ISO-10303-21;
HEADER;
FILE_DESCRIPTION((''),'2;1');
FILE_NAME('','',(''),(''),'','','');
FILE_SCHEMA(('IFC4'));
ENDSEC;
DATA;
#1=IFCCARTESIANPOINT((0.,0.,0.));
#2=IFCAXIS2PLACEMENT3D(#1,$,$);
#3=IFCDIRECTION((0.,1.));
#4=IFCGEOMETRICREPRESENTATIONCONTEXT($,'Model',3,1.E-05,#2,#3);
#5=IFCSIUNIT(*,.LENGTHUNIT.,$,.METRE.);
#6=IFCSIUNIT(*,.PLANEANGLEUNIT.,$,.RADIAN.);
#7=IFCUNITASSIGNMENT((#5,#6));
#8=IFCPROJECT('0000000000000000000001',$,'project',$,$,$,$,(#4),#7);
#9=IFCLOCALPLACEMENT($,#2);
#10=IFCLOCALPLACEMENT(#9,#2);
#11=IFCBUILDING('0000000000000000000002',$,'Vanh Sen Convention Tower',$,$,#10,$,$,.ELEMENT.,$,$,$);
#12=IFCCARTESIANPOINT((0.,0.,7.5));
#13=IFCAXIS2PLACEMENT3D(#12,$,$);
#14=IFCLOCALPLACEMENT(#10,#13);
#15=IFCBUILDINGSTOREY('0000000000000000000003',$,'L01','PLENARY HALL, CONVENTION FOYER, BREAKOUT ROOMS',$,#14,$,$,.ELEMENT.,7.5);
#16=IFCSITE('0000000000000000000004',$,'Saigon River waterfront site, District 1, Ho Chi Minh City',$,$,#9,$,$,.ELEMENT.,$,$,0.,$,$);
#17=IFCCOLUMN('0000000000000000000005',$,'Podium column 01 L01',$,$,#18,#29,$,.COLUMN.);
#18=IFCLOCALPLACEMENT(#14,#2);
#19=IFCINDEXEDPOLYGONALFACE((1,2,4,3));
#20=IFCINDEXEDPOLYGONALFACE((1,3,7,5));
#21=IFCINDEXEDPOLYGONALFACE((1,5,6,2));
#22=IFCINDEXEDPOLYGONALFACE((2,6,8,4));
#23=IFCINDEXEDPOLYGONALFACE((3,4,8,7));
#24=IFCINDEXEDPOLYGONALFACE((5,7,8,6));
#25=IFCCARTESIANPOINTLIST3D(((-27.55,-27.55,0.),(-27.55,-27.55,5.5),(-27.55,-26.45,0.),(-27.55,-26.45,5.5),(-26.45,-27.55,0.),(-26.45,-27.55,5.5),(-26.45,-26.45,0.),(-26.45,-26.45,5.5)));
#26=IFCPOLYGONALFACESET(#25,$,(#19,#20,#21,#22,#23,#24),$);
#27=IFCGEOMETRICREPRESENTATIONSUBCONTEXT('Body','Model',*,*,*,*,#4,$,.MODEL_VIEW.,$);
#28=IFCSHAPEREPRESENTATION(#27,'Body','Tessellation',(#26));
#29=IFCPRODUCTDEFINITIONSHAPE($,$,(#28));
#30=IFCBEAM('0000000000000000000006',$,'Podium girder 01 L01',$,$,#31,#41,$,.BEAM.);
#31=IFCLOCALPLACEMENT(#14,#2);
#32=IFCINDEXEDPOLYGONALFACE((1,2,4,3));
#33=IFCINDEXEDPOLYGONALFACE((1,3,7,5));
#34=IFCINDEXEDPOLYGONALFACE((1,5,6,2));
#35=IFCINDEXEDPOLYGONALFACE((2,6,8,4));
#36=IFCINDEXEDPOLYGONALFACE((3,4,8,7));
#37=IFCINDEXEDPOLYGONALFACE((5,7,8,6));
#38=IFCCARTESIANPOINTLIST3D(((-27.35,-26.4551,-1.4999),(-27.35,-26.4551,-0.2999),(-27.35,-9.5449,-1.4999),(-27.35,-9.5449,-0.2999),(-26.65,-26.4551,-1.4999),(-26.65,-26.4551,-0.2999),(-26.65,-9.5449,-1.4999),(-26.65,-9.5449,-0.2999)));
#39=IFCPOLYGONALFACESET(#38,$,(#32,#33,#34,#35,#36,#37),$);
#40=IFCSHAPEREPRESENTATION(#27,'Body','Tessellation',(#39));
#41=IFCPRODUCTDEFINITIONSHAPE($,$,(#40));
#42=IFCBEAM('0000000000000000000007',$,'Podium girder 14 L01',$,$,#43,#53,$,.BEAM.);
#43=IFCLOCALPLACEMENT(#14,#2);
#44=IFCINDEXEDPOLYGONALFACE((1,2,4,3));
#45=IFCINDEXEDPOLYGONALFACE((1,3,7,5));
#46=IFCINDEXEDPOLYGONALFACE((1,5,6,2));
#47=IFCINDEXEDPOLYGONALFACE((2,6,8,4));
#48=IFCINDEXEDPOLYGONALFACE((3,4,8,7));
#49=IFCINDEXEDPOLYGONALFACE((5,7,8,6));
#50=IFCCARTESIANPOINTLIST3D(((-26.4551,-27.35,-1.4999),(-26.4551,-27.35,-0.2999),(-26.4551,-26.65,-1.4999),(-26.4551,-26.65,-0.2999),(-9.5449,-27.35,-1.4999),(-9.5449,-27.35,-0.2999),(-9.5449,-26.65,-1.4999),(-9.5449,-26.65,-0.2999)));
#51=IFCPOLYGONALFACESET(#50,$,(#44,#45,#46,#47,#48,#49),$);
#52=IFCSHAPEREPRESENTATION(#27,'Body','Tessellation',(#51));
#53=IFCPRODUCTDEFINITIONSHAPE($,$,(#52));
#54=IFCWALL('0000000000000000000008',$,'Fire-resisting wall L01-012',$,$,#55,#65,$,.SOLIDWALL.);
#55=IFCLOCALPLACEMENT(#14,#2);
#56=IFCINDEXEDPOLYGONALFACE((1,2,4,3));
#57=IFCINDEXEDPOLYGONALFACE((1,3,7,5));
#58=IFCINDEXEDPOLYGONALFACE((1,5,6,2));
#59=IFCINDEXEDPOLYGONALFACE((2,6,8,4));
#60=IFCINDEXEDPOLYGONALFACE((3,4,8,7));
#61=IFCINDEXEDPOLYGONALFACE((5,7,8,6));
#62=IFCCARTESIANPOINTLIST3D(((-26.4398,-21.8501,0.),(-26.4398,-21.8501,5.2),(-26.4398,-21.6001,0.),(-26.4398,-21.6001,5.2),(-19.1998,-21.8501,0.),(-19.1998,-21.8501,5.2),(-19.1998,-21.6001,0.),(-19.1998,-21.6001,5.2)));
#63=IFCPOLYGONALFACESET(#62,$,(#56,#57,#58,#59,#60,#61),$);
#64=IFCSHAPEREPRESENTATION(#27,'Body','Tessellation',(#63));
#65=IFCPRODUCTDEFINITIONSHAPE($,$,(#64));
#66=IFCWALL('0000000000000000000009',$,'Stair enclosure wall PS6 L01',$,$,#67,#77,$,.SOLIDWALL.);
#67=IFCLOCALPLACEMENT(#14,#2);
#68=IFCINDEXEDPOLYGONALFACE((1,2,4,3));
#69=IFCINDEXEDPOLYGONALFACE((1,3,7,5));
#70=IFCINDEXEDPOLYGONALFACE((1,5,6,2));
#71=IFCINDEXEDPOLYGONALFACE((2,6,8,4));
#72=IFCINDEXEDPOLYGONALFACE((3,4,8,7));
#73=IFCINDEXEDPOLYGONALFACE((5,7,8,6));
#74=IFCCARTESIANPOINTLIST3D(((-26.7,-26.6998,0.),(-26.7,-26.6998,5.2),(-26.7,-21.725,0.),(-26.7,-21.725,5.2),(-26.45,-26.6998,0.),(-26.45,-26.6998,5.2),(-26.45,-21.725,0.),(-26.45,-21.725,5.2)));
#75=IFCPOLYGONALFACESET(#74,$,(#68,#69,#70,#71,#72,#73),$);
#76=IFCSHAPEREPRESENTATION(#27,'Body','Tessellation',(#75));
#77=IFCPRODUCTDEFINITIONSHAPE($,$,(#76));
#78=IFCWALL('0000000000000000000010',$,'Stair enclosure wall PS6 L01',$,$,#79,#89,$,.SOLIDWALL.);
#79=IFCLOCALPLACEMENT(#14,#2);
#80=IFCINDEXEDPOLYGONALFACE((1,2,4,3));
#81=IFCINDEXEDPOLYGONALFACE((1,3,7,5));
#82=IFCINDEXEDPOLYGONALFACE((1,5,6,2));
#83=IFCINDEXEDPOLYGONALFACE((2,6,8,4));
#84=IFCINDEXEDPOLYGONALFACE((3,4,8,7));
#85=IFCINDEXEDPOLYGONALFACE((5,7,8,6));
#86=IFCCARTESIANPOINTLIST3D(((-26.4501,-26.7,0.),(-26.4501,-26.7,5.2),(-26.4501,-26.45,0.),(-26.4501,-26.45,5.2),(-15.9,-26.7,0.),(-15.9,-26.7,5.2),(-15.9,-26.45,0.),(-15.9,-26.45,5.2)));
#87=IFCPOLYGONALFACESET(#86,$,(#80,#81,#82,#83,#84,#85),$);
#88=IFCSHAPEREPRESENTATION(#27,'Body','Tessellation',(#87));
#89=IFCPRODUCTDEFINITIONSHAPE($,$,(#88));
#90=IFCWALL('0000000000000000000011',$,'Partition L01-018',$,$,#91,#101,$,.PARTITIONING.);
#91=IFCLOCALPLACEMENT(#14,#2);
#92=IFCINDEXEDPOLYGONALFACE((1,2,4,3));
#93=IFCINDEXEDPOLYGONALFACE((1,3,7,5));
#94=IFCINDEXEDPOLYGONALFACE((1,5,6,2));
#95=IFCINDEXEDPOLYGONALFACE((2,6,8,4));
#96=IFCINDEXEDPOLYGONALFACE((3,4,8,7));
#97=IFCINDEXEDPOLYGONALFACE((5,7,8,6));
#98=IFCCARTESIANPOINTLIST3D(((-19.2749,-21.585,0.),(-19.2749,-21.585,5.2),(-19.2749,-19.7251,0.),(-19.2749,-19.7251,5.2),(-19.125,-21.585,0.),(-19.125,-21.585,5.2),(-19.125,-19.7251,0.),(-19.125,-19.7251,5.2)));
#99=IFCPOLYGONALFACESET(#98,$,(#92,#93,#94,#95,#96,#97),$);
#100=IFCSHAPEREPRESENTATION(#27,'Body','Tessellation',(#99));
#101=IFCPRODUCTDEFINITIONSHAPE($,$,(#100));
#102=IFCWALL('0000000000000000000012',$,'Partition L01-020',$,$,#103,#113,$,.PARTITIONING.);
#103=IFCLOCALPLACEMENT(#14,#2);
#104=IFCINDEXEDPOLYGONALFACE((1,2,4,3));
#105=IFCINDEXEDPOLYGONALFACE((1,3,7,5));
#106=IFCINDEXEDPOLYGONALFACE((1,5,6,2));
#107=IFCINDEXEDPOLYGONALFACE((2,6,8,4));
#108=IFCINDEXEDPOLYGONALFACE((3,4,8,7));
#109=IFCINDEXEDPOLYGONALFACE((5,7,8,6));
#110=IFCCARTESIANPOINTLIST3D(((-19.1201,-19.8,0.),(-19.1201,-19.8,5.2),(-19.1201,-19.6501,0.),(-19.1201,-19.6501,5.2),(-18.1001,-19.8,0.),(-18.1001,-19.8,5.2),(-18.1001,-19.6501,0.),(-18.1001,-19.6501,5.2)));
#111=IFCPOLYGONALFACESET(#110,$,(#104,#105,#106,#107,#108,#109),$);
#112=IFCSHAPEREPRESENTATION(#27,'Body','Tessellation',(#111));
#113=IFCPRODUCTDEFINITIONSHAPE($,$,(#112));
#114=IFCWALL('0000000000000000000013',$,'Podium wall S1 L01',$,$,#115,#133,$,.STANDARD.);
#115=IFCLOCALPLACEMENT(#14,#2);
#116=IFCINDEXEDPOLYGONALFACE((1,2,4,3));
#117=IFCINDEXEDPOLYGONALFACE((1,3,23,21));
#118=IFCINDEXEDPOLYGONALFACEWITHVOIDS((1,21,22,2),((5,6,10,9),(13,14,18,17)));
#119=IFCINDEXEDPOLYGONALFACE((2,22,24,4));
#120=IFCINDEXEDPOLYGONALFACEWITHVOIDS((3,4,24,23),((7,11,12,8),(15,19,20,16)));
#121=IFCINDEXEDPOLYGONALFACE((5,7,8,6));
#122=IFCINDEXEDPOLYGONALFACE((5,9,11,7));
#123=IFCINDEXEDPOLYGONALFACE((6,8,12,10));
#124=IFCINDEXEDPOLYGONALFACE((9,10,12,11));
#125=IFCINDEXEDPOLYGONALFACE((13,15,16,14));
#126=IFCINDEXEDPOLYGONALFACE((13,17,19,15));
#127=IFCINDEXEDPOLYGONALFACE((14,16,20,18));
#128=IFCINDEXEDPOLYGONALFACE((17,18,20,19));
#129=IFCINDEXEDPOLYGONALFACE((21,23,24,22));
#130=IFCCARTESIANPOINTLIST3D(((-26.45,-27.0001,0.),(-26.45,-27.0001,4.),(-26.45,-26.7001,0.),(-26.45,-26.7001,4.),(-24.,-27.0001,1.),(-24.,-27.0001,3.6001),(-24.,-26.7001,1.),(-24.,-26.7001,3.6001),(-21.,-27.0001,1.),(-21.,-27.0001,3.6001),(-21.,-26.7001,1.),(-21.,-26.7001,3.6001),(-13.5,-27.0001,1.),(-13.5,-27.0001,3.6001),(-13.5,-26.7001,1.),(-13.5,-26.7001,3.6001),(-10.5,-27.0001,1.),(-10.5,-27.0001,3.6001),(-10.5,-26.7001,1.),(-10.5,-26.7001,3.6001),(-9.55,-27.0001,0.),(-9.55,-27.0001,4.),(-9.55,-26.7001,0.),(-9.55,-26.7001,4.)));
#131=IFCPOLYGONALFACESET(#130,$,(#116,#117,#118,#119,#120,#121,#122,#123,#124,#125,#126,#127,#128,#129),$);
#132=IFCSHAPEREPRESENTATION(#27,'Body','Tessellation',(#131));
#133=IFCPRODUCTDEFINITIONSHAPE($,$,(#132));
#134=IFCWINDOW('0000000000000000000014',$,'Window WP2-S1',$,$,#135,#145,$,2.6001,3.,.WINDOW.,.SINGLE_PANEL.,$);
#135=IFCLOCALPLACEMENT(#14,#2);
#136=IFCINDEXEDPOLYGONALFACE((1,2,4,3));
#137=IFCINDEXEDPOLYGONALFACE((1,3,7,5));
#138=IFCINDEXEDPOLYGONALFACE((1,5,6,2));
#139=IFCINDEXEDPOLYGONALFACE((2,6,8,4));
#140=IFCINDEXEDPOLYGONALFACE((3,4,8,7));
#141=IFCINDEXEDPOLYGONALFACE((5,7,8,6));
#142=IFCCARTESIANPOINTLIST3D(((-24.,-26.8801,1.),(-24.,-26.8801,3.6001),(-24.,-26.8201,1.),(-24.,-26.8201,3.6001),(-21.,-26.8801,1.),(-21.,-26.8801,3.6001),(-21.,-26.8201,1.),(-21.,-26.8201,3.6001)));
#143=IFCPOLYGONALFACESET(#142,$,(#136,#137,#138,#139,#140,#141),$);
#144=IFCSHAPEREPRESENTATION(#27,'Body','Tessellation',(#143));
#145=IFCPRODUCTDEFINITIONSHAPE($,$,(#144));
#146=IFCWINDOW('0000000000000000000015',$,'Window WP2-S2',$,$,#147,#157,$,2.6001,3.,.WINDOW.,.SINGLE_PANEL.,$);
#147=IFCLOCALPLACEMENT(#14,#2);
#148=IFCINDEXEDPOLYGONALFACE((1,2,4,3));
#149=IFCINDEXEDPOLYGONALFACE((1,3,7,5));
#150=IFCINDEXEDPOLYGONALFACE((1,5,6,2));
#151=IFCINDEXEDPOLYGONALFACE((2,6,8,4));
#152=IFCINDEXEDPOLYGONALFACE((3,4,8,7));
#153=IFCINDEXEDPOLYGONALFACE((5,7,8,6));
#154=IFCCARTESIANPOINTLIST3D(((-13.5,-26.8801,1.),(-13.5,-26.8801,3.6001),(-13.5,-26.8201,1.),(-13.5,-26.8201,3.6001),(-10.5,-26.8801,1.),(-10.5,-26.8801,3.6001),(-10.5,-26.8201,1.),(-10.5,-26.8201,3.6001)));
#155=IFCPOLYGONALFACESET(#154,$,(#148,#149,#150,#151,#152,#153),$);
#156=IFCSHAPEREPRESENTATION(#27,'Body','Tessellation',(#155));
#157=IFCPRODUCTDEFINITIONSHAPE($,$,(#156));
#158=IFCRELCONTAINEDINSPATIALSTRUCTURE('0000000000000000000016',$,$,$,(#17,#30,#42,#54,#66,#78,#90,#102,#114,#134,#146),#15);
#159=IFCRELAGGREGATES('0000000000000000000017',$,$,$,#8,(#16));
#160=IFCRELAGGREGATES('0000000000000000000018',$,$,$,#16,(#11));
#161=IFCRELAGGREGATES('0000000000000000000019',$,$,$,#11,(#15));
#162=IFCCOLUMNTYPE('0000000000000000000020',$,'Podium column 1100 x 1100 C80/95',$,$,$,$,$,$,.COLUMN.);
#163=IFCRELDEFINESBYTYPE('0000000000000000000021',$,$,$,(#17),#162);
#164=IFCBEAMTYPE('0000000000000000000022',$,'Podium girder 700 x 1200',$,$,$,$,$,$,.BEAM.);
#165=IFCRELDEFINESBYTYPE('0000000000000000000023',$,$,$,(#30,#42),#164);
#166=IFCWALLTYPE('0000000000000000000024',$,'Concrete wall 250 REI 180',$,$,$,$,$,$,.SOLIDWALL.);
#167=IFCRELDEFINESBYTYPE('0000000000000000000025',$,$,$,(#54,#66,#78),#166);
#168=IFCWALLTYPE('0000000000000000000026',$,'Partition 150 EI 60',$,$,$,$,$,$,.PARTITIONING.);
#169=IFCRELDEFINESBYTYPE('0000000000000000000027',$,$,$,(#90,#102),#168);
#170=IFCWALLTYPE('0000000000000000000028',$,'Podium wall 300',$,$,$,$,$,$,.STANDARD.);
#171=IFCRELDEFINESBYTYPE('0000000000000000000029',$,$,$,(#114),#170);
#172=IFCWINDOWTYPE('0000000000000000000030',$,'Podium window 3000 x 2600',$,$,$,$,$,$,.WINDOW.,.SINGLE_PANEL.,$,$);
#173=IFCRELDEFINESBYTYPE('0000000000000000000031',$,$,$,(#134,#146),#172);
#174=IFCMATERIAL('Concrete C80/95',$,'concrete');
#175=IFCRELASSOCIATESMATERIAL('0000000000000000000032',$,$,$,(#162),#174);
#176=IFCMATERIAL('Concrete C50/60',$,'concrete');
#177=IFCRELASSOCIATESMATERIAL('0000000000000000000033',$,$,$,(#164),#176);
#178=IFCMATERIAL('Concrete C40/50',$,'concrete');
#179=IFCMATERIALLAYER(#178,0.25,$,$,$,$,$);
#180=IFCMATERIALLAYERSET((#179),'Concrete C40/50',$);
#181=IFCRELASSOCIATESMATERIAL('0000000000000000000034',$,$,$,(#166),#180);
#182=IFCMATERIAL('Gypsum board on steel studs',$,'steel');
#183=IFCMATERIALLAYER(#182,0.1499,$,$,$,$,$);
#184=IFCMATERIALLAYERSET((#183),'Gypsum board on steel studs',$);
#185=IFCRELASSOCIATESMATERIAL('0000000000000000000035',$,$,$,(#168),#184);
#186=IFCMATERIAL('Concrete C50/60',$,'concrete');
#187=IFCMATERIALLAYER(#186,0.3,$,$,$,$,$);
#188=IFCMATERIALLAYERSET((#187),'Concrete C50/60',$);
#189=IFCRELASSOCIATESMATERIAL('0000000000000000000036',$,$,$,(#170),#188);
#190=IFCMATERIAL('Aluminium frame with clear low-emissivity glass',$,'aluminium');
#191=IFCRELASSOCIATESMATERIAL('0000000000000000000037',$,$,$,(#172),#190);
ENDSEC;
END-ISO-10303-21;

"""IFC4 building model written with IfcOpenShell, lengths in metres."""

from ifc_helpers import new_model, si_unit, direction, frame, frame_2d, origin, origin_2d, place, context, subcontext, project, spatial, rectangle, extrude, material, layer, layer_set, material_profile, profile_set, type_object, element, fill, save


model = new_model("IFC4")

# Units and contexts
model_context = context("Model", 3, precision=1e-05, world=origin(), true_north=direction((0.0, 1.0)))
body_context = subcontext(model_context, "Body", "Model", "MODEL_VIEW")
ifc_project = project(units=[si_unit("LENGTHUNIT", "METRE"), si_unit("PLANEANGLEUNIT", "RADIAN")], contexts=[model_context])

# Site, building, storey
site_placement = place(None, origin())
site = spatial("IfcSite", under=ifc_project, at=site_placement, Name="Saigon River waterfront site, District 1, Ho Chi Minh City", CompositionType="ELEMENT", RefElevation=0.0)
building_placement = place(site_placement, origin())
building = spatial("IfcBuilding", under=site, at=building_placement, Name="Vanh Sen Convention Tower", CompositionType="ELEMENT")
storey_placement = place(building_placement, frame((0.0, 0.0, 7.5)))
storey = spatial("IfcBuildingStorey", under=building, at=storey_placement, Name="L01", Description="PLENARY HALL, CONVENTION FOYER, BREAKOUT ROOMS", CompositionType="ELEMENT", Elevation=7.5)

# Column
ifc_material_1 = material(Name="Concrete C80/95", Category="concrete")
ifc_material_profile_1 = material_profile(ifc_material_1, rectangle(XDim=1.1001, YDim=1.1001, at=origin_2d()), Name="RC 1100X1100")
ifc_profile_set_1 = profile_set([ifc_material_profile_1], Name="Concrete C80/95")
column_type = type_object("IfcColumnType", Name="Podium column 1100 x 1100 C80/95", PredefinedType="COLUMN", material=ifc_profile_set_1)
column_placement = place(storey_placement, frame((-27.0, -27.0, 0.0), z_axis=(0.0, 0.0, 1.0), x_axis=(1.0, 0.0, 0.0)))
element("IfcColumn", 1, at=column_placement, inside=storey, type_object=column_type, Name="Podium column 01 L01", PredefinedType="COLUMN", context=body_context, shape_type="SweptSolid", body=[
    extrude(rectangle(XDim=1.1001, YDim=1.1001, at=origin_2d()), origin(), (0.0, 0.0, 1.0), 5.5),
])

# Beams
ifc_material_2 = material(Name="Concrete C50/60", Category="concrete")
ifc_material_profile_2 = material_profile(ifc_material_2, rectangle(XDim=0.7, YDim=1.2, at=origin_2d()), Name="RC 700X1200")
ifc_profile_set_2 = profile_set([ifc_material_profile_2], Name="Concrete C50/60")
beam_type = type_object("IfcBeamType", Name="Podium girder 700 x 1200", PredefinedType="BEAM", material=ifc_profile_set_2)
for number, where, z_axis, x_axis, name in (
    (2, (-27.0, -26.4551, -0.8999), (0.0, 1.0, 0.0), (-1.0, 0.0, 0.0), "Podium girder 01 L01"),
    (3, (-26.4551, -27.0, -0.8999), (1.0, 0.0, 0.0), (0.0, 1.0, 0.0), "Podium girder 14 L01"),
):
    element("IfcBeam", number, at=place(storey_placement, frame(where, z_axis=z_axis, x_axis=x_axis)), inside=storey, type_object=beam_type, Name=name, PredefinedType="BEAM", context=body_context, shape_type="SweptSolid", body=[
        extrude(rectangle(XDim=0.7, YDim=1.2, at=origin_2d()), origin(), (0.0, 0.0, 1.0), 16.9102),
    ])

# Wall
ifc_material_3 = material(Name="Concrete C40/50", Category="concrete")
ifc_layer_1 = layer(ifc_material_3, 0.25)
ifc_layer_set_1 = layer_set([ifc_layer_1], Name="Concrete C40/50")
wall_type_1 = type_object("IfcWallType", Name="Concrete wall 250 REI 180", PredefinedType="SOLIDWALL", material=ifc_layer_set_1)
wall_1_placement = place(storey_placement, frame((-26.4399, -21.7251, 0.0), z_axis=(0.0, 0.0, 1.0), x_axis=(1.0, 0.0, 0.0)))
element("IfcWall", 4, at=wall_1_placement, inside=storey, type_object=wall_type_1, Name="Fire-resisting wall L01-012", PredefinedType="SOLIDWALL", context=body_context, shape_type="SweptSolid", body=[
    extrude(rectangle(XDim=7.24, YDim=0.25, at=frame_2d((3.6201, 0.0))), origin(), (0.0, 0.0, 1.0), 5.2),
])

# Walls
wall_2_placement = place(storey_placement, frame((-26.575, -21.7251, 0.0), z_axis=(0.0, 0.0, 1.0), x_axis=(0.0, -1.0, 0.0)))
element("IfcWall", 5, at=wall_2_placement, inside=storey, type_object=wall_type_1, Name="Stair enclosure wall PS6 L01", PredefinedType="SOLIDWALL", context=body_context, shape_type="SweptSolid", body=[
    extrude(rectangle(XDim=4.9749, YDim=0.25, at=frame_2d((2.4873, 0.0))), origin(), (0.0, 0.0, 1.0), 5.2),
])
wall_3_placement = place(storey_placement, frame((-26.45, -26.575, 0.0), z_axis=(0.0, 0.0, 1.0), x_axis=(1.0, 0.0, 0.0)))
element("IfcWall", 6, at=wall_3_placement, inside=storey, type_object=wall_type_1, Name="Stair enclosure wall PS6 L01", PredefinedType="SOLIDWALL", context=body_context, shape_type="SweptSolid", body=[
    extrude(rectangle(XDim=10.55, YDim=0.25, at=frame_2d((5.2749, 0.0))), origin(), (0.0, 0.0, 1.0), 5.2),
])
ifc_material_4 = material(Name="Gypsum board on steel studs", Category="steel")
ifc_layer_2 = layer(ifc_material_4, 0.1499)
ifc_layer_set_2 = layer_set([ifc_layer_2], Name="Gypsum board on steel studs")
wall_type_2 = type_object("IfcWallType", Name="Partition 150 EI 60", PredefinedType="PARTITIONING", material=ifc_layer_set_2)
wall_4_placement = place(storey_placement, frame((-19.2, -21.585, 0.0), z_axis=(0.0, 0.0, 1.0), x_axis=(0.0, 1.0, 0.0)))
element("IfcWall", 7, at=wall_4_placement, inside=storey, type_object=wall_type_2, Name="Partition L01-018", PredefinedType="PARTITIONING", context=body_context, shape_type="SweptSolid", body=[
    extrude(rectangle(XDim=1.8599, YDim=0.1499, at=frame_2d((0.9299, 0.0))), origin(), (0.0, 0.0, 1.0), 5.2),
])
wall_5_placement = place(storey_placement, frame((-19.1201, -19.7251, 0.0), z_axis=(0.0, 0.0, 1.0), x_axis=(1.0, 0.0, 0.0)))
element("IfcWall", 8, at=wall_5_placement, inside=storey, type_object=wall_type_2, Name="Partition L01-020", PredefinedType="PARTITIONING", context=body_context, shape_type="SweptSolid", body=[
    extrude(rectangle(XDim=1.02, YDim=0.1499, at=frame_2d((0.51, 0.0))), origin(), (0.0, 0.0, 1.0), 5.2),
])

# Wall, openings, windows
ifc_material_5 = material(Name="Concrete C50/60", Category="concrete")
ifc_layer_3 = layer(ifc_material_5, 0.3)
ifc_layer_set_3 = layer_set([ifc_layer_3], Name="Concrete C50/60")
wall_type_3 = type_object("IfcWallType", Name="Podium wall 300", PredefinedType="STANDARD", material=ifc_layer_set_3)
wall_6_placement = place(storey_placement, frame((-26.45, -26.8501, 0.0), z_axis=(0.0, 0.0, 1.0), x_axis=(1.0, 0.0, 0.0)))
wall_6 = element("IfcWall", 9, at=wall_6_placement, inside=storey, type_object=wall_type_3, Name="Podium wall S1 L01", PredefinedType="STANDARD", context=body_context, shape_type="SweptSolid", body=[
    extrude(rectangle(XDim=16.8999, YDim=0.3, at=frame_2d((8.45, 0.0))), origin(), (0.0, 0.0, 1.0), 4.0),
])
opening_1_placement = place(wall_6_placement, frame((2.45, 0.0, 1.0)))
opening_1 = element("IfcOpeningElement", 10, at=opening_1_placement, cuts=wall_6, PredefinedType="OPENING", context=body_context, shape_type="SweptSolid", body=[
    extrude(rectangle(XDim=3.0, YDim=2.6001, at=frame_2d((1.5, 1.3))), frame((0.0, 0.1599, 0.0), z_axis=(0.0, -1.0, 0.0), x_axis=(1.0, 0.0, 0.0)), (0.0, 0.0, 1.0), 0.3201),
])
opening_2_placement = place(wall_6_placement, frame((12.95, 0.0, 1.0)))
opening_2 = element("IfcOpeningElement", 11, at=opening_2_placement, cuts=wall_6, PredefinedType="OPENING", context=body_context, shape_type="SweptSolid", body=[
    extrude(rectangle(XDim=3.0, YDim=2.6001, at=frame_2d((1.5, 1.3))), frame((0.0, 0.1599, 0.0), z_axis=(0.0, -1.0, 0.0), x_axis=(1.0, 0.0, 0.0)), (0.0, 0.0, 1.0), 0.3201),
])
ifc_material_6 = material(Name="Aluminium frame with clear low-emissivity glass", Category="aluminium")
window_type = type_object("IfcWindowType", Name="Podium window 3000 x 2600", PartitioningType="SINGLE_PANEL", PredefinedType="WINDOW", material=ifc_material_6)
window_1_placement = place(opening_1_placement, origin())
window_1 = element("IfcWindow", 12, at=window_1_placement, inside=storey, type_object=window_type, Name="Window WP2-S1", OverallHeight=2.6001, OverallWidth=3.0, PartitioningType="SINGLE_PANEL", PredefinedType="WINDOW", context=body_context, shape_type="SweptSolid", body=[
    extrude(rectangle(XDim=3.0, YDim=2.6001, at=frame_2d((1.5, 1.3))), frame((0.0, 0.03, 0.0), z_axis=(0.0, -1.0, 0.0), x_axis=(1.0, 0.0, 0.0)), (0.0, 0.0, 1.0), 0.0601),
])
fill(opening_1, window_1)
window_2_placement = place(opening_2_placement, origin())
window_2 = element("IfcWindow", 13, at=window_2_placement, inside=storey, type_object=window_type, Name="Window WP2-S2", OverallHeight=2.6001, OverallWidth=3.0, PartitioningType="SINGLE_PANEL", PredefinedType="WINDOW", context=body_context, shape_type="SweptSolid", body=[
    extrude(rectangle(XDim=3.0, YDim=2.6001, at=frame_2d((1.5, 1.3))), frame((0.0, 0.03, 0.0), z_axis=(0.0, -1.0, 0.0), x_axis=(1.0, 0.0, 0.0)), (0.0, 0.0, 1.0), 0.0601),
])
fill(opening_2, window_2)

save(model, "model.ifc")
